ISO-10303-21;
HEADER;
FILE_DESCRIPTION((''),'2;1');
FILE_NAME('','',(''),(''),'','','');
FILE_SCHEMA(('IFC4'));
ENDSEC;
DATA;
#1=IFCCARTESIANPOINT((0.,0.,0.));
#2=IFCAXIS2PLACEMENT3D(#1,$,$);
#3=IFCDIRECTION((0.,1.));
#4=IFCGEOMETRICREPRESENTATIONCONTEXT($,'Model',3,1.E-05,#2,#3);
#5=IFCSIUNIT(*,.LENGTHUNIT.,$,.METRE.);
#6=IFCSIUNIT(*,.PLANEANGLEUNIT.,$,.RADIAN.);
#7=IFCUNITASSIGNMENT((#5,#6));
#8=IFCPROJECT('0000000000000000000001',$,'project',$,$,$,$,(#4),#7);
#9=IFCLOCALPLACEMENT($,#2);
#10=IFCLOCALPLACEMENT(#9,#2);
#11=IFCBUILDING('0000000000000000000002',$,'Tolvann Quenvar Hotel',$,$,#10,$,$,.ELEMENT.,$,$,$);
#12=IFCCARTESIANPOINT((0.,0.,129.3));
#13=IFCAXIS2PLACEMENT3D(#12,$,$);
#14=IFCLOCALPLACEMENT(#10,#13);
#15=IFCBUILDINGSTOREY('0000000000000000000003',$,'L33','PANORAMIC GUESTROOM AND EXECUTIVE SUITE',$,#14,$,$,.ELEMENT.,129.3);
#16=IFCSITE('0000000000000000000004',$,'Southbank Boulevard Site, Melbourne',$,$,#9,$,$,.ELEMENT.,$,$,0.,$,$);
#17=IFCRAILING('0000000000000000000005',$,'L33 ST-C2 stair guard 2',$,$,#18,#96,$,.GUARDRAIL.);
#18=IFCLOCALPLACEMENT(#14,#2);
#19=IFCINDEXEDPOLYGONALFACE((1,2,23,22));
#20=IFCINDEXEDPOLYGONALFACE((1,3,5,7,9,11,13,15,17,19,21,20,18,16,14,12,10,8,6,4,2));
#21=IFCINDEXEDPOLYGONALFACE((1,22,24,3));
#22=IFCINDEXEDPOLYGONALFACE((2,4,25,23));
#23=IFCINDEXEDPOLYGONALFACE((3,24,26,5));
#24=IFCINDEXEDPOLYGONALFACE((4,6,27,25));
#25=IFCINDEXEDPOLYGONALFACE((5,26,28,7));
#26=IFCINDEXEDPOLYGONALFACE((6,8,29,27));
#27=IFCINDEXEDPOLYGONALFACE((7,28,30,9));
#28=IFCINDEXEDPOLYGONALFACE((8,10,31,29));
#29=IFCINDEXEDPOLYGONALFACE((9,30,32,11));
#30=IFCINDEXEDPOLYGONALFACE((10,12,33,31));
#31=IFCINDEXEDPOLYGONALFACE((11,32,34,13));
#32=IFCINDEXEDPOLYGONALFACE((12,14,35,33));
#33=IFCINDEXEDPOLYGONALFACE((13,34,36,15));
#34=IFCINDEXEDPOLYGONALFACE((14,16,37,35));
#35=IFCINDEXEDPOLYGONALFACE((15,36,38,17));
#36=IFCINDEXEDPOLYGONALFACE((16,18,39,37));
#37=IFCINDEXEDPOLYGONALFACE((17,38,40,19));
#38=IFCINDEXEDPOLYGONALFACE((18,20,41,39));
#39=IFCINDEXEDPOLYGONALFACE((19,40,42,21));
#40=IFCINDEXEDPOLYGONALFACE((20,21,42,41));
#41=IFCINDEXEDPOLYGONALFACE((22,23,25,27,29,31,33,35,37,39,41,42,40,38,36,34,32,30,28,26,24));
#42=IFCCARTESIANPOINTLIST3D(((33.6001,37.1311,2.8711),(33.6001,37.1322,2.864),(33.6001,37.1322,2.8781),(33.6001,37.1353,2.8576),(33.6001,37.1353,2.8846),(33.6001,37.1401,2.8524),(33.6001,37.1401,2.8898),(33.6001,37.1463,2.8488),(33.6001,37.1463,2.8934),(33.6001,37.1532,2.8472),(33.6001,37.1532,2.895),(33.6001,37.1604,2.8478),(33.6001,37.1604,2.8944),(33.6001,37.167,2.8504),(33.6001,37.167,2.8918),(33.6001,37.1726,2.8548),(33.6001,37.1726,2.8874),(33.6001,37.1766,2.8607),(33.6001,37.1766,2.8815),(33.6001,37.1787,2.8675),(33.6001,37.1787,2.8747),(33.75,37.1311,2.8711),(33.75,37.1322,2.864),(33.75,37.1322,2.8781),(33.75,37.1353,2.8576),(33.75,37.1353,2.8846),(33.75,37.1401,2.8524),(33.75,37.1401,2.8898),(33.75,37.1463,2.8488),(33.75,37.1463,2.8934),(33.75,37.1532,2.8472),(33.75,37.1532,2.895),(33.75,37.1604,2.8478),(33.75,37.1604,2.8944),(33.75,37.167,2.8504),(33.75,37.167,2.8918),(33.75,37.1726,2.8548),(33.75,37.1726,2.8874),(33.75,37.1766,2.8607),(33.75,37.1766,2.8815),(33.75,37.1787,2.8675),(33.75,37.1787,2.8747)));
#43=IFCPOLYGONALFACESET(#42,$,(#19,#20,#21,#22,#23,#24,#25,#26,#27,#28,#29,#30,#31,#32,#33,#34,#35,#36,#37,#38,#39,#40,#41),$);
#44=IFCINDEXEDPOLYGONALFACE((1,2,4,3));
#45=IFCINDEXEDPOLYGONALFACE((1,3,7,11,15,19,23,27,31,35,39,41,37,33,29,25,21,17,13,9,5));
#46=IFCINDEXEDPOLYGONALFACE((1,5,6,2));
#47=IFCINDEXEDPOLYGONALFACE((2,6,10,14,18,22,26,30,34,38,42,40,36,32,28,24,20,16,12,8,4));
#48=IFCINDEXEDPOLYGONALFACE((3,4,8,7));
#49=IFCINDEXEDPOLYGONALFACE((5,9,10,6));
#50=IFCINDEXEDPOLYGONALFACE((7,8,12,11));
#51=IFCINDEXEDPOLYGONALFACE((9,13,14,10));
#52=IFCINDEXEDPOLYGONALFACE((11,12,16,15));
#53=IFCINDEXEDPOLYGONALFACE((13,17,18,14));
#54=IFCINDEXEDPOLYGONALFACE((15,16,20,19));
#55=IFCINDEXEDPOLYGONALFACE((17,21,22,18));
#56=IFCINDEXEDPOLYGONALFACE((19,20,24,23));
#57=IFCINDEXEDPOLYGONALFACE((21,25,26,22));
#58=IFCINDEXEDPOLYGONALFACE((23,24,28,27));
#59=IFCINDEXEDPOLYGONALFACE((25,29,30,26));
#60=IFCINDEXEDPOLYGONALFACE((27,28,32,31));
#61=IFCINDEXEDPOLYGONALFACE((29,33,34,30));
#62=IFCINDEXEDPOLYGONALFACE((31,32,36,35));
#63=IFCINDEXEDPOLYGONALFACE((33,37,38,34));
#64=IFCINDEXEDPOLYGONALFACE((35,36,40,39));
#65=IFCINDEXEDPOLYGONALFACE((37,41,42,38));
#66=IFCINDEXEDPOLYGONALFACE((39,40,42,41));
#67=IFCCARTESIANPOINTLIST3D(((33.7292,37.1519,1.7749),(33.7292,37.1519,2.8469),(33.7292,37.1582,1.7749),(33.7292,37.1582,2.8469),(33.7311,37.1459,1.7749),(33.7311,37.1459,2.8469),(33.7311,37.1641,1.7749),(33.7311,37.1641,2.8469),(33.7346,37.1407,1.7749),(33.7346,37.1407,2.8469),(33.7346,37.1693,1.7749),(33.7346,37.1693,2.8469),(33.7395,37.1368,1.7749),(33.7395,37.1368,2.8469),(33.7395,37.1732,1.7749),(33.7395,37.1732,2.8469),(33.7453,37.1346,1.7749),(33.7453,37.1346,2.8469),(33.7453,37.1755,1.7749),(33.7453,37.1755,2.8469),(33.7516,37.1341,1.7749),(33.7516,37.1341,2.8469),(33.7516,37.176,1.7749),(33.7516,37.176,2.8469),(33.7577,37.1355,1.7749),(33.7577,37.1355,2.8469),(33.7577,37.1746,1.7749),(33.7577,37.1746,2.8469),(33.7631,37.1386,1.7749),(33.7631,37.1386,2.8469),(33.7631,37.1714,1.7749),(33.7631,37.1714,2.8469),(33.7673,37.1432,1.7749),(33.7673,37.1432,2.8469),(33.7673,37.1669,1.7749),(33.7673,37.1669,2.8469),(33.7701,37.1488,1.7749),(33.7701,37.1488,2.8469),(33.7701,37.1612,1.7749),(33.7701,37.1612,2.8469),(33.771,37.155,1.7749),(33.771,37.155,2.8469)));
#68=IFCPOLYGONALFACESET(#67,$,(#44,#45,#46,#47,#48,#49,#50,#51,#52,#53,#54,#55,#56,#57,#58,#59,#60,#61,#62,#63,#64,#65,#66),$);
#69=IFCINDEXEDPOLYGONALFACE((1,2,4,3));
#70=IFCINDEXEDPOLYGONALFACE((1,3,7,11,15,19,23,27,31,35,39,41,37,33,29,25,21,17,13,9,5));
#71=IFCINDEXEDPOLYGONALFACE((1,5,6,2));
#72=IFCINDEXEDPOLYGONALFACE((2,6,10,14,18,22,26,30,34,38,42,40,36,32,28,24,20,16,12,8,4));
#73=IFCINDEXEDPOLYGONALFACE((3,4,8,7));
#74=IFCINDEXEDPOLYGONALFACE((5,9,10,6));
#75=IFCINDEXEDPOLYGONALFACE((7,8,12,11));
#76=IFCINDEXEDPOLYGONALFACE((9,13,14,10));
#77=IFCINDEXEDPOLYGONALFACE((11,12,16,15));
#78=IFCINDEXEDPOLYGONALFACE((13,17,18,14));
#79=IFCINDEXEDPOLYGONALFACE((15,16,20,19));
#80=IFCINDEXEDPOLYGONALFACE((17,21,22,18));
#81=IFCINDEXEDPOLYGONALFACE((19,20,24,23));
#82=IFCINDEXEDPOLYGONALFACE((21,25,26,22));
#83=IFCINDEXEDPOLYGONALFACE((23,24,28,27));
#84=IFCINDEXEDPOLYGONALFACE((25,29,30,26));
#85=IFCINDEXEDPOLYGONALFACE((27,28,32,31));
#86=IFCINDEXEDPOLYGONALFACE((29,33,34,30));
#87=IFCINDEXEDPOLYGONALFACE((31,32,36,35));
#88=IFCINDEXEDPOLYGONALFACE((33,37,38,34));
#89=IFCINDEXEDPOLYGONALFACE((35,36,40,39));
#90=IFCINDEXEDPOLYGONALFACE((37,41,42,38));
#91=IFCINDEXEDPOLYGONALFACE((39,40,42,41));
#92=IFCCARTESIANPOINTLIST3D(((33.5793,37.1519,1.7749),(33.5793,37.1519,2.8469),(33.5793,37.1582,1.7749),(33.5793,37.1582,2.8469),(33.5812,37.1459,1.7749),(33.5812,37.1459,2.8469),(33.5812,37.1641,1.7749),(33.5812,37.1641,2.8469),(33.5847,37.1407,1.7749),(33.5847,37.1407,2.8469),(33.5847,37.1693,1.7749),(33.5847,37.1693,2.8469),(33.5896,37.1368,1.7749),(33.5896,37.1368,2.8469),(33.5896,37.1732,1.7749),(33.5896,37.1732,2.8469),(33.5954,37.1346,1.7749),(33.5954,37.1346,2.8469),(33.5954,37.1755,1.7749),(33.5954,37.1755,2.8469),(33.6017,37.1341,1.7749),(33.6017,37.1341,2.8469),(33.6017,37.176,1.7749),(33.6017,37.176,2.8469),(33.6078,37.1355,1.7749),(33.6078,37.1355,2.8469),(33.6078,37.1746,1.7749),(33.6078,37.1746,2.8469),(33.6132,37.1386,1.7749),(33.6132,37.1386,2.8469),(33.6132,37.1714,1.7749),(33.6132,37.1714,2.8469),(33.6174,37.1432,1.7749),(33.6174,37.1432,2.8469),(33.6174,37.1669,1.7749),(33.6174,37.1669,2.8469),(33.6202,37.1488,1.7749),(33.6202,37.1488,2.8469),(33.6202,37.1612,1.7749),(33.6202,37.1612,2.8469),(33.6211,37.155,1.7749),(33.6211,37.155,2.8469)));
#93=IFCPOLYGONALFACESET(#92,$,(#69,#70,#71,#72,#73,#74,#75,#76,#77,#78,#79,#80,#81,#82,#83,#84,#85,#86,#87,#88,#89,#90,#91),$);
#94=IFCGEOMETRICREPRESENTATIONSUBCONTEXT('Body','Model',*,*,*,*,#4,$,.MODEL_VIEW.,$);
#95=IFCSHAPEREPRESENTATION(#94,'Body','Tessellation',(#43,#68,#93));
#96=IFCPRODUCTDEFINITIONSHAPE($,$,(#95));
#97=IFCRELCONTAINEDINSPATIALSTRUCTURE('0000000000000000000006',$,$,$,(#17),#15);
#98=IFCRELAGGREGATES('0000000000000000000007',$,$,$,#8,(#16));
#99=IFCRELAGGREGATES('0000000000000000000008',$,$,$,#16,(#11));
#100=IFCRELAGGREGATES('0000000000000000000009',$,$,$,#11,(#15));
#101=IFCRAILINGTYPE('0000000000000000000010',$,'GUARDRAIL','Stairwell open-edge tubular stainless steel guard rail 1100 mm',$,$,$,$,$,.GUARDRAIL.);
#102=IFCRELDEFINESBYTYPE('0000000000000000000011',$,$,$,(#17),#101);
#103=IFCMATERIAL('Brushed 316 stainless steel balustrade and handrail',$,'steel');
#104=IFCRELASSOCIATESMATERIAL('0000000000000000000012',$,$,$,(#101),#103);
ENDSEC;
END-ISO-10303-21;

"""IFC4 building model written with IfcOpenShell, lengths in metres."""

from ifc_helpers import new_model, si_unit, direction, frame, origin, origin_2d, place, context, subcontext, project, spatial, circle, extrude, material, type_object, element, save


model = new_model("IFC4")

# Units and contexts
model_context = context("Model", 3, precision=1e-05, world=origin(), true_north=direction((0.0, 1.0)))
body_context = subcontext(model_context, "Body", "Model", "MODEL_VIEW")
ifc_project = project(units=[si_unit("LENGTHUNIT", "METRE"), si_unit("PLANEANGLEUNIT", "RADIAN")], contexts=[model_context])

# Site, building, storey
site_placement = place(None, origin())
site = spatial("IfcSite", under=ifc_project, at=site_placement, Name="Southbank Boulevard Site, Melbourne", CompositionType="ELEMENT", RefElevation=0.0)
building_placement = place(site_placement, origin())
building = spatial("IfcBuilding", under=site, at=building_placement, Name="Tolvann Quenvar Hotel", CompositionType="ELEMENT")
storey_placement = place(building_placement, frame((0.0, 0.0, 129.3)))
storey = spatial("IfcBuildingStorey", under=building, at=storey_placement, Name="L33", Description="PANORAMIC GUESTROOM AND EXECUTIVE SUITE", CompositionType="ELEMENT", Elevation=129.3)

# Railing
ifc_material_1 = material(Name="Brushed 316 stainless steel balustrade and handrail", Category="steel")
railing_type_1 = type_object("IfcRailingType", Name="GUARDRAIL", Description="Stairwell open-edge tubular stainless steel guard rail 1100 mm", PredefinedType="GUARDRAIL", material=ifc_material_1)
railing_1_placement = place(storey_placement, frame((33.75, 37.155, 1.7749)))
element("IfcRailing", 1, at=railing_1_placement, inside=storey, type_object=railing_type_1, Name="L33 ST-C2 stair guard 2", PredefinedType="GUARDRAIL", context=body_context, shape_type="SweptSolid", body=[
    extrude(circle(Radius=0.0239, at=origin_2d()), frame((0.0, 0.0, 1.0962), z_axis=(-1.0, 0.0, 0.0), x_axis=(0.0, -1.0, 0.0)), (0.0, 0.0, 1.0), 0.1499),
    extrude(circle(Radius=0.021, at=origin_2d()), origin(), (0.0, 0.0, 1.0), 1.072),
    extrude(circle(Radius=0.021, at=origin_2d()), frame((-0.1499, 0.0, 0.0)), (0.0, 0.0, 1.0), 1.072),
])

save(model, "model.ifc")
